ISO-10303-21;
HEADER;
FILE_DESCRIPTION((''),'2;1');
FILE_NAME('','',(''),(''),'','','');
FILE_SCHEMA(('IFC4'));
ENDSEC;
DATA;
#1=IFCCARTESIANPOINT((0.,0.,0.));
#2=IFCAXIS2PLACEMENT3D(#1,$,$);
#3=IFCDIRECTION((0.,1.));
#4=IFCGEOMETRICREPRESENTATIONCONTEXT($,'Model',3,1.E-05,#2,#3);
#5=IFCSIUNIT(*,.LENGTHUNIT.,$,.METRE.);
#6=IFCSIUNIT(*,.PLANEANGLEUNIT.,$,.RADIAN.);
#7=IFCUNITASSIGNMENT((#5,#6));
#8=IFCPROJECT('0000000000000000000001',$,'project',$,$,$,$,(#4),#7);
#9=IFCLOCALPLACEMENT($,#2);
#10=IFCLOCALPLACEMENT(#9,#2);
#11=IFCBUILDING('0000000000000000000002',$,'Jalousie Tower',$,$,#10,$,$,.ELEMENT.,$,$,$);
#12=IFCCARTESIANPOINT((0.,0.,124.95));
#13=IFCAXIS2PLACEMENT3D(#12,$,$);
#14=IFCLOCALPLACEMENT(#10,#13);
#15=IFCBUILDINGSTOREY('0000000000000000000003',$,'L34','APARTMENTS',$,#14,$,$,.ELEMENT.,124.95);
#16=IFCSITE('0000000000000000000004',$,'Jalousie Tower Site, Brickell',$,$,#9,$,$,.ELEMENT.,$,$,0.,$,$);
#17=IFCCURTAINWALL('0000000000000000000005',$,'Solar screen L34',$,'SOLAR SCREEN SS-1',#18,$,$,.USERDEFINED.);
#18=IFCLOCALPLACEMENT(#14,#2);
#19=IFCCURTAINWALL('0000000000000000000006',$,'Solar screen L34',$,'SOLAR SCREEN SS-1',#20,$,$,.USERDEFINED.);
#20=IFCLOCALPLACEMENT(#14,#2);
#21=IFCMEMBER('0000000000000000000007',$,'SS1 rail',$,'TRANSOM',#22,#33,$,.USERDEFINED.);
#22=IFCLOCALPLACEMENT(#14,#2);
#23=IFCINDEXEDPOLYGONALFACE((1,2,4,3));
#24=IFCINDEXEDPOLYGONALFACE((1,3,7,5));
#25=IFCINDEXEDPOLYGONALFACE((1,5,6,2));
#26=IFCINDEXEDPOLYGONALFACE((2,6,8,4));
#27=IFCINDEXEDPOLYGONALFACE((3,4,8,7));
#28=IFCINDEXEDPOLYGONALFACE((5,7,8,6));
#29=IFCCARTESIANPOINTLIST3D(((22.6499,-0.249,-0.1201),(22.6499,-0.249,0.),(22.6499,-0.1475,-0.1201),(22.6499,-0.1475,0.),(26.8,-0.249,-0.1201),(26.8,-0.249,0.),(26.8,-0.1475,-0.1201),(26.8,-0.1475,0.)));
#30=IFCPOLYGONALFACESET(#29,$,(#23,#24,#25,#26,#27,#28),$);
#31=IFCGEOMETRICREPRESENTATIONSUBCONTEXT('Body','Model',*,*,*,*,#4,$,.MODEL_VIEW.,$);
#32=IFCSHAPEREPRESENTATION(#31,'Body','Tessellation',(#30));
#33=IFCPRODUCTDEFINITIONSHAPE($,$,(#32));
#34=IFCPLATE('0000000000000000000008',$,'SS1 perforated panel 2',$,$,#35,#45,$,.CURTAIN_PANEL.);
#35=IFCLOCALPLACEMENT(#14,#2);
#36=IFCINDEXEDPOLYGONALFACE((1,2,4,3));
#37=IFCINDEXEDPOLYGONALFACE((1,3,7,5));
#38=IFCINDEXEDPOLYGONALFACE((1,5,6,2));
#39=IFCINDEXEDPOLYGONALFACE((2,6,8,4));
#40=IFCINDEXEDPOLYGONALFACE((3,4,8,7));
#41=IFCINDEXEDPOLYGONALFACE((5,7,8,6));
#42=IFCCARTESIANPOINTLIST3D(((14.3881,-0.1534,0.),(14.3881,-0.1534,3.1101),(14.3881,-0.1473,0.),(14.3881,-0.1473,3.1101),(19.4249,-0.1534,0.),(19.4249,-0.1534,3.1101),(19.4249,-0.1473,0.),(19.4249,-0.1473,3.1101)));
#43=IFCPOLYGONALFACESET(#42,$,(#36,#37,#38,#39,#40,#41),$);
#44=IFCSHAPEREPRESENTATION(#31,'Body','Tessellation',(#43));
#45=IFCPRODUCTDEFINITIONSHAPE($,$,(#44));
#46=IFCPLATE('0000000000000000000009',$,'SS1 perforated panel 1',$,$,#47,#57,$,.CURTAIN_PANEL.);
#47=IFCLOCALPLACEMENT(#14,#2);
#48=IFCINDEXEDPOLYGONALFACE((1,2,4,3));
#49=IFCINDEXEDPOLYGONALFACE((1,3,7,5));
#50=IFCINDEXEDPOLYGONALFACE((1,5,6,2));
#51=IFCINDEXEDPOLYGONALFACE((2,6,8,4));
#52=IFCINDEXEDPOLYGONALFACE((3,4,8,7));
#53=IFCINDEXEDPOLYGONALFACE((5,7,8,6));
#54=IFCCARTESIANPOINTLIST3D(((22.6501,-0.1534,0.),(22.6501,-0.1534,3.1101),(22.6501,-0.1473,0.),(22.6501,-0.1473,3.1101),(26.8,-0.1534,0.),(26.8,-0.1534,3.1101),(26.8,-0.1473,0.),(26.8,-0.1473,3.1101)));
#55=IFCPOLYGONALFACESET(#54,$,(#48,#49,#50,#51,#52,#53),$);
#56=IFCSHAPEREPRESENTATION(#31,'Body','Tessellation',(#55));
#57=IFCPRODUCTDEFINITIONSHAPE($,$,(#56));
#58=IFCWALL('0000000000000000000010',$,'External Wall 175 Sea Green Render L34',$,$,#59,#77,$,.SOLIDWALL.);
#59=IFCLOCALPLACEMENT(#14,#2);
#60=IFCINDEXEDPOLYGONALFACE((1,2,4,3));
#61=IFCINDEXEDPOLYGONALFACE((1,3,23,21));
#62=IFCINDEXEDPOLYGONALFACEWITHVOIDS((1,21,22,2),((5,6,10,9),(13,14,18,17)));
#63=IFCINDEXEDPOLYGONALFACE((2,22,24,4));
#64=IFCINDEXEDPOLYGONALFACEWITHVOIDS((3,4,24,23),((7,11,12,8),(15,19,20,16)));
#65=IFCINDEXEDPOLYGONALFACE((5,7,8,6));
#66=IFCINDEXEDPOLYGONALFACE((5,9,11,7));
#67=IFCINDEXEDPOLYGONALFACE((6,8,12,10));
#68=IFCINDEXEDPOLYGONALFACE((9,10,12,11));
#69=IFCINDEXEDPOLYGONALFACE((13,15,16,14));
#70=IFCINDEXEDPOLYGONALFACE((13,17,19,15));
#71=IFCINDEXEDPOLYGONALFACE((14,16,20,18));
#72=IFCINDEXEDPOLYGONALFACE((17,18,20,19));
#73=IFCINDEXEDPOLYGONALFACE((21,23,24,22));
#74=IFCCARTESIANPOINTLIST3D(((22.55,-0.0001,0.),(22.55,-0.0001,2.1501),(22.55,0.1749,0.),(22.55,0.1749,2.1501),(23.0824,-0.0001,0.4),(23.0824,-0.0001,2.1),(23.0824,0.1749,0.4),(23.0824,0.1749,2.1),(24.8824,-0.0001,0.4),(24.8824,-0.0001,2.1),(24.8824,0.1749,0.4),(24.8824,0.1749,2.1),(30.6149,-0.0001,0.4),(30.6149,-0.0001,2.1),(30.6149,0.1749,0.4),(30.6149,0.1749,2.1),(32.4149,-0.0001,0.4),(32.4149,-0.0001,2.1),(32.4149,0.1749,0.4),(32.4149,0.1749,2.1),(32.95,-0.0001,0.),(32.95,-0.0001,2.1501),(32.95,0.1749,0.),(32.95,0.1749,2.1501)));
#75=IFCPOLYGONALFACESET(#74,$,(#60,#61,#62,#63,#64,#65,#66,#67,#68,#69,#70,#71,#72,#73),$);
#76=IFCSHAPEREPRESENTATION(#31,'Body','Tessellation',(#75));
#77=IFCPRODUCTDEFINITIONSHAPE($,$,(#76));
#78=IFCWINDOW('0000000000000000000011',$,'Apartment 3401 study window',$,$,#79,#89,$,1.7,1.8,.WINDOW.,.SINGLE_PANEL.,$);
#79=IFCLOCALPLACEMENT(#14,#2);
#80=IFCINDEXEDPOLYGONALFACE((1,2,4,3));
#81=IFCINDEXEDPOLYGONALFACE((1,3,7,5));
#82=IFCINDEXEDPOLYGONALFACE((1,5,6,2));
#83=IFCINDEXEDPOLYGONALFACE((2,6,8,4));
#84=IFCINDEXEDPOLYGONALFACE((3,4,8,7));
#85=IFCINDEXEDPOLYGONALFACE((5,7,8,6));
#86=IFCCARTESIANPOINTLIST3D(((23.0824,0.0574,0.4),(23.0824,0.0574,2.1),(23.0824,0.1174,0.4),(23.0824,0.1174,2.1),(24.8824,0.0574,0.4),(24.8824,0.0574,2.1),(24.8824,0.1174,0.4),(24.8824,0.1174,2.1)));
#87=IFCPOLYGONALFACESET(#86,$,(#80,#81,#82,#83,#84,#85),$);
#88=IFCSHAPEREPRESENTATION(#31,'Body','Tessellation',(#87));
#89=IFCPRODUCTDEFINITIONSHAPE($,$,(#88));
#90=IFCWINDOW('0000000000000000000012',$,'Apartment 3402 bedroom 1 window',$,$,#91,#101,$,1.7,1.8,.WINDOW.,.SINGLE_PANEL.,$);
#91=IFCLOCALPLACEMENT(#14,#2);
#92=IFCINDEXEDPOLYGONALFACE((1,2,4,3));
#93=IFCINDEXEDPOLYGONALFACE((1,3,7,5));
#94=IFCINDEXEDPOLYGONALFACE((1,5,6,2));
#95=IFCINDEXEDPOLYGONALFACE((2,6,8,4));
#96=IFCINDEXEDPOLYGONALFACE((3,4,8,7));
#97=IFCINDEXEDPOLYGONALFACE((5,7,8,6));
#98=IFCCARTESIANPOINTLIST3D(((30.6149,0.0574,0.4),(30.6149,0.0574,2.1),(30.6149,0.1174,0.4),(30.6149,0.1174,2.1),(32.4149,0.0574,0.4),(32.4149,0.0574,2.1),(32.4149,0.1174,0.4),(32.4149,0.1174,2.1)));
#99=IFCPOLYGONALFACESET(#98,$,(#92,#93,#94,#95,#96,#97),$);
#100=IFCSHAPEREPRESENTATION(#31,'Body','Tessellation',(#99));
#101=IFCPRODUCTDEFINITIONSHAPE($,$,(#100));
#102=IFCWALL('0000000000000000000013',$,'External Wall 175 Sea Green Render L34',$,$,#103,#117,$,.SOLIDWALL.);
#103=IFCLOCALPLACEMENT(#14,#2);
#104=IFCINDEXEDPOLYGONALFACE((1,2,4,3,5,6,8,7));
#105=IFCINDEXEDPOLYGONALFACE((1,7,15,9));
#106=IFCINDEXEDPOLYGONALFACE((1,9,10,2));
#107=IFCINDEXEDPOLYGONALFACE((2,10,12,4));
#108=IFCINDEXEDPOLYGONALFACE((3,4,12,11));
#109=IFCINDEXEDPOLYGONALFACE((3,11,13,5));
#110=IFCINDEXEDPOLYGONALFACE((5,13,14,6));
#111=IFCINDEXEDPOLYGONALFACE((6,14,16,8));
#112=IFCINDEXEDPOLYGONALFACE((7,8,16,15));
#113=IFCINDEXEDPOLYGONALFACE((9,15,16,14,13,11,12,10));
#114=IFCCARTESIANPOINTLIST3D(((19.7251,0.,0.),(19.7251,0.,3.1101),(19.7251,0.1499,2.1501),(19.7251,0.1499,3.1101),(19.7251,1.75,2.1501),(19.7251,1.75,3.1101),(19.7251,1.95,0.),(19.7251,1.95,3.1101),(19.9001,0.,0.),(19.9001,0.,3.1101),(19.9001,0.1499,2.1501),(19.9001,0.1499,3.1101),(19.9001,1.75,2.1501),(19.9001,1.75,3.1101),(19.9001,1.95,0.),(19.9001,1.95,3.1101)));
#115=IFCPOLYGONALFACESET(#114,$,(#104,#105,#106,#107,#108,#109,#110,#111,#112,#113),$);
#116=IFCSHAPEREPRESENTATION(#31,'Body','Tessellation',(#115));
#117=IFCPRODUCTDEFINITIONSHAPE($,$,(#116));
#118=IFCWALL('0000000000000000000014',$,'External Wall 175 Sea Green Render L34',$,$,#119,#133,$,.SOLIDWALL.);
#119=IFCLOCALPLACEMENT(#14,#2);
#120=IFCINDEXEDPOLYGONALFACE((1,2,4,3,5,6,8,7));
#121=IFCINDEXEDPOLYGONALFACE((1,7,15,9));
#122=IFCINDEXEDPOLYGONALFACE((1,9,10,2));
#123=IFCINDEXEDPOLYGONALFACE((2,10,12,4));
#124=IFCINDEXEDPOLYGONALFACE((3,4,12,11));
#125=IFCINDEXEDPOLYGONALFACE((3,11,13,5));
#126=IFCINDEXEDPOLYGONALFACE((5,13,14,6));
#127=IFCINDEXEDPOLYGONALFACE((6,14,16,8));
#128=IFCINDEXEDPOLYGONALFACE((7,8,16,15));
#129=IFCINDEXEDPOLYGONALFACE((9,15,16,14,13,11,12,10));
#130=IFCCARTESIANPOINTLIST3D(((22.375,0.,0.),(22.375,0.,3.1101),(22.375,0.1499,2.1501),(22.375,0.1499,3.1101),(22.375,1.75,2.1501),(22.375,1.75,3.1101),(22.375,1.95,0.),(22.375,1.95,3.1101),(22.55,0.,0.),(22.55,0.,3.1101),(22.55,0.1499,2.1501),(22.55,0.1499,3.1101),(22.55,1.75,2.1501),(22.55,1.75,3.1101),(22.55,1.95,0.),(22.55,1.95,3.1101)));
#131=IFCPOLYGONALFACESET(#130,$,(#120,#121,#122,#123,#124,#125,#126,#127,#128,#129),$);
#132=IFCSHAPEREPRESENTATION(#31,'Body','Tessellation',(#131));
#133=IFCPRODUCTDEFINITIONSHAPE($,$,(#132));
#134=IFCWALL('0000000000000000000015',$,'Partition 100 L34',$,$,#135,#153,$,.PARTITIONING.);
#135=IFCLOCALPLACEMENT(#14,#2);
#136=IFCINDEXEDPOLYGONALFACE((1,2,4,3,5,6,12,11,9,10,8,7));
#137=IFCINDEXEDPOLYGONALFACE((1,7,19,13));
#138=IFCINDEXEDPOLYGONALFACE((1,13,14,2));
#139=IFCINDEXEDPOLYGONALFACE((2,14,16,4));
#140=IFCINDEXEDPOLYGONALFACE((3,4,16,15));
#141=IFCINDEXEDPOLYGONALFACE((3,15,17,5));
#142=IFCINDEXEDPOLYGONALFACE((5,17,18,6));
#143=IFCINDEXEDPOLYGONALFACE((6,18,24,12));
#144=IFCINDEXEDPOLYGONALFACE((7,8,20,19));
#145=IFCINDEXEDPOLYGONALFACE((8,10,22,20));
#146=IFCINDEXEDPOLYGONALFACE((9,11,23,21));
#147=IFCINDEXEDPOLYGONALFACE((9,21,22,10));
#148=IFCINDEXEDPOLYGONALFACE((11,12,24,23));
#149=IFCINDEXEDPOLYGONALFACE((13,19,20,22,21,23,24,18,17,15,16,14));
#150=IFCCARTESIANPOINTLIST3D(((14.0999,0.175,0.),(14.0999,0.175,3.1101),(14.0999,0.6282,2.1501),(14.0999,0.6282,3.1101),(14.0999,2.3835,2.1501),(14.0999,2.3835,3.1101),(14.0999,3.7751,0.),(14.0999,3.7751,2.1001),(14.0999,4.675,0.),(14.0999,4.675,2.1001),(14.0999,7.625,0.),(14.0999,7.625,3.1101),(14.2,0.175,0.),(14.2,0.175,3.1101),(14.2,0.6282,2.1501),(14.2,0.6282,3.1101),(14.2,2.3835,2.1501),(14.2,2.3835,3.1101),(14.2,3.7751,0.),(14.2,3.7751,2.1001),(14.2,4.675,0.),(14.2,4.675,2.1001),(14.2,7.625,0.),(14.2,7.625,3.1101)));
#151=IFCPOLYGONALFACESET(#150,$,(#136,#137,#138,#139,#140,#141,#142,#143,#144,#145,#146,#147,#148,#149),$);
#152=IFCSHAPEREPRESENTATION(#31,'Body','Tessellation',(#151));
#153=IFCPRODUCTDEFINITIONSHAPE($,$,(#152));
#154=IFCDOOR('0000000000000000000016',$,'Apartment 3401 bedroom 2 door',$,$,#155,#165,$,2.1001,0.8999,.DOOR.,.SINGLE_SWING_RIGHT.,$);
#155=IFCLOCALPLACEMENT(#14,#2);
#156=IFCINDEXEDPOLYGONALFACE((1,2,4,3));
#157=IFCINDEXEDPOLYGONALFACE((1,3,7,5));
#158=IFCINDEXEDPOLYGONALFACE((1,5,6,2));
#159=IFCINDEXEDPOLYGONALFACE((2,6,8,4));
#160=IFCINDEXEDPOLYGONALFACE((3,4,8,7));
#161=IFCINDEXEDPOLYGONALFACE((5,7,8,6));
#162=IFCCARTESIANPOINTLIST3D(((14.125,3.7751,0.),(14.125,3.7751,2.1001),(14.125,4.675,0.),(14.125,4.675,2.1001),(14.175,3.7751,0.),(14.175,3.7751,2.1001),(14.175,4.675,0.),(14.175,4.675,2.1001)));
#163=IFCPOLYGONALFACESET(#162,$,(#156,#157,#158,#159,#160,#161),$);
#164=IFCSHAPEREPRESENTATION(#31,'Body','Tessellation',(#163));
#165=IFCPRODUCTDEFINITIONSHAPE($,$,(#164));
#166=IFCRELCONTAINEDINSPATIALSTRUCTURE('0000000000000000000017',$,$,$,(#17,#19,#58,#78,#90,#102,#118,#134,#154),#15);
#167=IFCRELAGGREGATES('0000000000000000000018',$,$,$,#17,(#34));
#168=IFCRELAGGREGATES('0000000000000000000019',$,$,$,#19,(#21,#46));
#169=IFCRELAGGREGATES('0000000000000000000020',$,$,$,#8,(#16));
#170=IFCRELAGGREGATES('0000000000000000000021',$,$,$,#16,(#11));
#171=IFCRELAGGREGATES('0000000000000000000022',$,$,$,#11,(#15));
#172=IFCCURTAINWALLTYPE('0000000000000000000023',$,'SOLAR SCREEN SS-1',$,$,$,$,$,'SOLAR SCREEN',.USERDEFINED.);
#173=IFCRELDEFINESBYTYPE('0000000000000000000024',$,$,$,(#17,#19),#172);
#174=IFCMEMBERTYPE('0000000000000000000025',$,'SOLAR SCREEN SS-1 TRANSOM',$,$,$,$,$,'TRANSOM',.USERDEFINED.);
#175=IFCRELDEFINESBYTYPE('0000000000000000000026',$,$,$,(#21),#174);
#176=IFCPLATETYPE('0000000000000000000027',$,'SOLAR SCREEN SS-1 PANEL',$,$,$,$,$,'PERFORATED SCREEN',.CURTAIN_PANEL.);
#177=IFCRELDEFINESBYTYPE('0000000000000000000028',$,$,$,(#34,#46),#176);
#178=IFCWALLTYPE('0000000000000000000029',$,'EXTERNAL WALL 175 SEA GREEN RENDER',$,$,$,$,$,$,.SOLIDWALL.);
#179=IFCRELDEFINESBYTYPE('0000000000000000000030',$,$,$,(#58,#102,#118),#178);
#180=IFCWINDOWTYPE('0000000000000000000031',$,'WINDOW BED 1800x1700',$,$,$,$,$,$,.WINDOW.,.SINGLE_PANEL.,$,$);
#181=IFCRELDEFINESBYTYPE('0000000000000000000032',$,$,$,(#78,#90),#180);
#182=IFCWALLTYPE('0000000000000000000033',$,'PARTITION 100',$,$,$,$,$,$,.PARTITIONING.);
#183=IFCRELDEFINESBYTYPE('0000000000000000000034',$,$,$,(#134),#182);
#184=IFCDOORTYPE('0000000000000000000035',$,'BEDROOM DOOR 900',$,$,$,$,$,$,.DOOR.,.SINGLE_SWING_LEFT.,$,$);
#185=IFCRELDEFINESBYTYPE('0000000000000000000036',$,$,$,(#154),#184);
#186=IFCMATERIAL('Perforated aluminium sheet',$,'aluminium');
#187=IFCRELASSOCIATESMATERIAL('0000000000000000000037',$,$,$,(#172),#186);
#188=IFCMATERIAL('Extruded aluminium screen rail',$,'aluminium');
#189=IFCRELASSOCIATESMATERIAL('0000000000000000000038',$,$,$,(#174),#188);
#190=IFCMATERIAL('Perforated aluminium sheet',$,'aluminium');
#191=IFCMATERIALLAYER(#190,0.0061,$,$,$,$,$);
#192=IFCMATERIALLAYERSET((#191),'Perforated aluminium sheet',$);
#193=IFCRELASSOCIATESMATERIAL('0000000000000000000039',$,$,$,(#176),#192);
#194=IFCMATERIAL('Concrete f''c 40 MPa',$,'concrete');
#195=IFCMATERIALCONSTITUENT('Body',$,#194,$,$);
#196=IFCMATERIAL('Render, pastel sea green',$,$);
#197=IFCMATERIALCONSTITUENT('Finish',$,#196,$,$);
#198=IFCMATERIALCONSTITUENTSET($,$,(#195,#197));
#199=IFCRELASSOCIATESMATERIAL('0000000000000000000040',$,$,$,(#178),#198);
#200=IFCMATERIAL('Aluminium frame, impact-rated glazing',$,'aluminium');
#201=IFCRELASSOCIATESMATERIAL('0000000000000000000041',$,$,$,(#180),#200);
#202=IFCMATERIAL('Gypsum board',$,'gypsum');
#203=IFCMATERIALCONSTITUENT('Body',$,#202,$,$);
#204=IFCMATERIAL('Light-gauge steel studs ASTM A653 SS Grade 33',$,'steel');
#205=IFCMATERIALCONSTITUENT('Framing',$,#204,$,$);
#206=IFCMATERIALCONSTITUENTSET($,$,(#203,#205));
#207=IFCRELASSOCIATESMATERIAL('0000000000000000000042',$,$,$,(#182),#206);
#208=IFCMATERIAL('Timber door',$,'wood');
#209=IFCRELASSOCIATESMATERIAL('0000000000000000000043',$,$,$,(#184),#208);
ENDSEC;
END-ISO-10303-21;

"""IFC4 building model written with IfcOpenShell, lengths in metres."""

from ifc_helpers import new_model, si_unit, direction, frame, frame_2d, origin, origin_2d, place, context, subcontext, project, spatial, polyline, rectangle, outline, extrude, material, layer, layer_set, constituent, constituent_set, material_profile, profile_set, type_object, element, fill, aggregate, save


model = new_model("IFC4")

# Units and contexts
model_context = context("Model", 3, precision=1e-05, world=origin(), true_north=direction((0.0, 1.0)))
body_context = subcontext(model_context, "Body", "Model", "MODEL_VIEW")
ifc_project = project(units=[si_unit("LENGTHUNIT", "METRE"), si_unit("PLANEANGLEUNIT", "RADIAN")], contexts=[model_context])

# Site, building, storey
site_placement = place(None, origin())
site = spatial("IfcSite", under=ifc_project, at=site_placement, Name="Jalousie Tower Site, Brickell", CompositionType="ELEMENT", RefElevation=0.0)
building_placement = place(site_placement, origin())
building = spatial("IfcBuilding", under=site, at=building_placement, Name="Jalousie Tower", CompositionType="ELEMENT")
storey_placement = place(building_placement, frame((0.0, 0.0, 124.95)))
storey = spatial("IfcBuildingStorey", under=building, at=storey_placement, Name="L34", Description="APARTMENTS", CompositionType="ELEMENT", Elevation=124.95)

# Curtain walls, member
ifc_material_1 = material(Name="Perforated aluminium sheet", Category="aluminium")
curtain_wall_type = type_object("IfcCurtainWallType", Name="SOLAR SCREEN SS-1", ElementType="SOLAR SCREEN", PredefinedType="USERDEFINED", material=ifc_material_1)
curtain_wall_1_placement = place(storey_placement, origin())
curtain_wall_1 = element("IfcCurtainWall", 1, at=curtain_wall_1_placement, inside=storey, type_object=curtain_wall_type, Name="Solar screen L34", ObjectType="SOLAR SCREEN SS-1", PredefinedType="USERDEFINED")
curtain_wall_2_placement = place(storey_placement, origin())
curtain_wall_2 = element("IfcCurtainWall", 2, at=curtain_wall_2_placement, inside=storey, type_object=curtain_wall_type, Name="Solar screen L34", ObjectType="SOLAR SCREEN SS-1", PredefinedType="USERDEFINED")
ifc_material_2 = material(Name="Extruded aluminium screen rail", Category="aluminium")
ifc_material_profile_1 = material_profile(ifc_material_2, rectangle(XDim=0.1016, YDim=0.1201, at=origin_2d()), Name="RAIL 102x120")
ifc_profile_set_1 = profile_set([ifc_material_profile_1], Name="Extruded aluminium screen rail")
member_type_1 = type_object("IfcMemberType", Name="SOLAR SCREEN SS-1 TRANSOM", ElementType="TRANSOM", PredefinedType="USERDEFINED", material=ifc_profile_set_1)
member_1_placement = place(storey_placement, frame((22.6499, -0.1982, -0.0601), z_axis=(1.0, 0.0, 0.0), x_axis=(0.0, 1.0, 0.0)))
member_1 = element("IfcMember", 3, at=member_1_placement, type_object=member_type_1, Name="SS1 rail", ObjectType="TRANSOM", PredefinedType="USERDEFINED", context=body_context, shape_type="SweptSolid", body=[
    extrude(rectangle(XDim=0.1016, YDim=0.1201, at=origin_2d()), origin(), (0.0, 0.0, 1.0), 4.1501),
])

# Plates
ifc_material_3 = material(Name="Perforated aluminium sheet", Category="aluminium")
ifc_layer_1 = layer(ifc_material_3, 0.0061)
ifc_layer_set_1 = layer_set([ifc_layer_1], Name="Perforated aluminium sheet")
plate_type = type_object("IfcPlateType", Name="SOLAR SCREEN SS-1 PANEL", ElementType="PERFORATED SCREEN", PredefinedType="CURTAIN_PANEL", material=ifc_layer_set_1)
plate_1_placement = place(storey_placement, frame((16.9065, -0.1504, 0.0), z_axis=(0.0, 0.0, 1.0), x_axis=(1.0, 0.0, 0.0)))
plate_1 = element("IfcPlate", 4, at=plate_1_placement, type_object=plate_type, Name="SS1 perforated panel 2", PredefinedType="CURTAIN_PANEL", context=body_context, shape_type="SweptSolid", body=[
    extrude(rectangle(XDim=5.0369, YDim=0.0061, at=origin_2d()), origin(), (0.0, 0.0, 1.0), 3.1101),
])
aggregate(curtain_wall_1, [plate_1])
plate_2_placement = place(storey_placement, frame((24.7251, -0.1504, 0.0), z_axis=(0.0, 0.0, 1.0), x_axis=(1.0, 0.0, 0.0)))
plate_2 = element("IfcPlate", 5, at=plate_2_placement, type_object=plate_type, Name="SS1 perforated panel 1", PredefinedType="CURTAIN_PANEL", context=body_context, shape_type="SweptSolid", body=[
    extrude(rectangle(XDim=4.1499, YDim=0.0061, at=origin_2d()), origin(), (0.0, 0.0, 1.0), 3.1101),
])
aggregate(curtain_wall_2, [member_1, plate_2])

# Wall, openings, windows
ifc_material_4 = material(Name="Concrete f'c 40 MPa", Category="concrete")
ifc_constituent_1 = constituent(ifc_material_4, Name="Body")
ifc_material_5 = material(Name="Render, pastel sea green")
ifc_constituent_2 = constituent(ifc_material_5, Name="Finish")
ifc_constituent_set_1 = constituent_set(constituents=[ifc_constituent_1, ifc_constituent_2])
wall_type_1 = type_object("IfcWallType", Name="EXTERNAL WALL 175 SEA GREEN RENDER", PredefinedType="SOLIDWALL", material=ifc_constituent_set_1)
wall_1_placement = place(storey_placement, frame((22.55, 0.0874, 0.0), z_axis=(0.0, 0.0, 1.0), x_axis=(1.0, 0.0, 0.0)))
wall_1 = element("IfcWall", 6, at=wall_1_placement, inside=storey, type_object=wall_type_1, Name="External Wall 175 Sea Green Render L34", PredefinedType="SOLIDWALL", context=body_context, shape_type="SweptSolid", body=[
    extrude(rectangle(XDim=10.3999, YDim=0.175, at=frame_2d((5.2, 0.0))), origin(), (0.0, 0.0, 1.0), 2.1501),
])
opening_1_placement = place(wall_1_placement, frame((0.5325, 0.0, 0.3999)))
opening_1 = element("IfcOpeningElement", 7, at=opening_1_placement, cuts=wall_1, PredefinedType="OPENING", context=body_context, shape_type="SweptSolid", body=[
    extrude(rectangle(XDim=1.8, YDim=1.7, at=frame_2d((0.8999, 0.8501))), frame((0.0, 0.0974, 0.0), z_axis=(0.0, -1.0, 0.0), x_axis=(1.0, 0.0, 0.0)), (0.0, 0.0, 1.0), 0.1951),
])
opening_2_placement = place(wall_1_placement, frame((8.0649, 0.0, 0.3999)))
opening_2 = element("IfcOpeningElement", 8, at=opening_2_placement, cuts=wall_1, PredefinedType="OPENING", context=body_context, shape_type="SweptSolid", body=[
    extrude(rectangle(XDim=1.8, YDim=1.7, at=frame_2d((0.8999, 0.8501))), frame((0.0, 0.0974, 0.0), z_axis=(0.0, -1.0, 0.0), x_axis=(1.0, 0.0, 0.0)), (0.0, 0.0, 1.0), 0.1951),
])
ifc_material_6 = material(Name="Aluminium frame, impact-rated glazing", Category="aluminium")
window_type = type_object("IfcWindowType", Name="WINDOW BED 1800x1700", PartitioningType="SINGLE_PANEL", PredefinedType="WINDOW", material=ifc_material_6)
window_1_placement = place(opening_1_placement, origin())
window_1 = element("IfcWindow", 9, at=window_1_placement, inside=storey, type_object=window_type, Name="Apartment 3401 study window", OverallHeight=1.7, OverallWidth=1.8, PartitioningType="SINGLE_PANEL", PredefinedType="WINDOW", context=body_context, shape_type="SweptSolid", body=[
    extrude(rectangle(XDim=1.8, YDim=1.7, at=frame_2d((0.8999, 0.8501))), frame((0.0, 0.03, 0.0), z_axis=(0.0, -1.0, 0.0), x_axis=(1.0, 0.0, 0.0)), (0.0, 0.0, 1.0), 0.0601),
])
fill(opening_1, window_1)
window_2_placement = place(opening_2_placement, origin())
window_2 = element("IfcWindow", 10, at=window_2_placement, inside=storey, type_object=window_type, Name="Apartment 3402 bedroom 1 window", OverallHeight=1.7, OverallWidth=1.8, PartitioningType="SINGLE_PANEL", PredefinedType="WINDOW", context=body_context, shape_type="SweptSolid", body=[
    extrude(rectangle(XDim=1.8, YDim=1.7, at=frame_2d((0.8999, 0.8501))), frame((0.0, 0.03, 0.0), z_axis=(0.0, -1.0, 0.0), x_axis=(1.0, 0.0, 0.0)), (0.0, 0.0, 1.0), 0.0601),
])
fill(opening_2, window_2)

# Walls
for number, where, z_axis, x_axis, name in (
    (11, (19.8125, 0.0, 0.0), (0.0, 0.0, 1.0), (0.0, 1.0, 0.0), "External Wall 175 Sea Green Render L34"),
    (12, (22.4624, 0.0, 0.0), (0.0, 0.0, 1.0), (0.0, 1.0, 0.0), "External Wall 175 Sea Green Render L34"),
):
    element("IfcWall", number, at=place(storey_placement, frame(where, z_axis=z_axis, x_axis=x_axis)), inside=storey, type_object=wall_type_1, Name=name, PredefinedType="SOLIDWALL", context=body_context, shape_type="SweptSolid", body=[
        extrude(outline(polyline([(0.0, 0.0), (1.95, 0.0), (1.95, 3.1101), (1.75, 3.1101), (1.75, 2.1501), (0.1499, 2.1501), (0.1499, 3.1101), (0.0, 3.1101), (0.0, 0.0)])), frame((0.0, 0.0874, 0.0), z_axis=(0.0, -1.0, 0.0), x_axis=(1.0, 0.0, 0.0)), (0.0, 0.0, 1.0), 0.175),
    ])

# Wall, opening, door
ifc_material_7 = material(Name="Gypsum board", Category="gypsum")
ifc_constituent_3 = constituent(ifc_material_7, Name="Body")
ifc_material_8 = material(Name="Light-gauge steel studs ASTM A653 SS Grade 33", Category="steel")
ifc_constituent_4 = constituent(ifc_material_8, Name="Framing")
ifc_constituent_set_2 = constituent_set(constituents=[ifc_constituent_3, ifc_constituent_4])
wall_type_2 = type_object("IfcWallType", Name="PARTITION 100", PredefinedType="PARTITIONING", material=ifc_constituent_set_2)
wall_2_placement = place(storey_placement, frame((14.1499, 0.175, 0.0), z_axis=(0.0, 0.0, 1.0), x_axis=(0.0, 1.0, 0.0)))
wall_2 = element("IfcWall", 13, at=wall_2_placement, inside=storey, type_object=wall_type_2, Name="Partition 100 L34", PredefinedType="PARTITIONING", context=body_context, shape_type="SweptSolid", body=[
    extrude(outline(polyline([(0.0, 0.0), (7.45, 0.0), (7.45, 3.1101), (2.2085, 3.1101), (2.2085, 2.1501), (0.4531, 2.1501), (0.4531, 3.1101), (0.0, 3.1101), (0.0, 0.0)])), frame((0.0, 0.05, 0.0), z_axis=(0.0, -1.0, 0.0), x_axis=(1.0, 0.0, 0.0)), (0.0, 0.0, 1.0), 0.1001),
])
opening_3_placement = place(wall_2_placement, frame((3.6001, 0.0, 0.0)))
opening_3 = element("IfcOpeningElement", 14, at=opening_3_placement, cuts=wall_2, PredefinedType="OPENING", context=body_context, shape_type="SweptSolid", body=[
    extrude(rectangle(XDim=0.8999, YDim=2.1001, at=frame_2d((0.45, 1.05))), frame((0.0, 0.0601, 0.0), z_axis=(0.0, -1.0, 0.0), x_axis=(1.0, 0.0, 0.0)), (0.0, 0.0, 1.0), 0.1201),
])
ifc_material_9 = material(Name="Timber door", Category="wood")
door_type = type_object("IfcDoorType", Name="BEDROOM DOOR 900", OperationType="SINGLE_SWING_LEFT", PredefinedType="DOOR", material=ifc_material_9)
door_1_placement = place(opening_3_placement, origin())
door_1 = element("IfcDoor", 15, at=door_1_placement, inside=storey, type_object=door_type, Name="Apartment 3401 bedroom 2 door", OperationType="SINGLE_SWING_RIGHT", OverallHeight=2.1001, OverallWidth=0.8999, PredefinedType="DOOR", context=body_context, shape_type="SweptSolid", body=[
    extrude(rectangle(XDim=0.8999, YDim=2.1001, at=frame_2d((0.45, 1.05))), frame((0.0, 0.0249, 0.0), z_axis=(0.0, -1.0, 0.0), x_axis=(1.0, 0.0, 0.0)), (0.0, 0.0, 1.0), 0.05),
])
fill(opening_3, door_1)

save(model, "model.ifc")
